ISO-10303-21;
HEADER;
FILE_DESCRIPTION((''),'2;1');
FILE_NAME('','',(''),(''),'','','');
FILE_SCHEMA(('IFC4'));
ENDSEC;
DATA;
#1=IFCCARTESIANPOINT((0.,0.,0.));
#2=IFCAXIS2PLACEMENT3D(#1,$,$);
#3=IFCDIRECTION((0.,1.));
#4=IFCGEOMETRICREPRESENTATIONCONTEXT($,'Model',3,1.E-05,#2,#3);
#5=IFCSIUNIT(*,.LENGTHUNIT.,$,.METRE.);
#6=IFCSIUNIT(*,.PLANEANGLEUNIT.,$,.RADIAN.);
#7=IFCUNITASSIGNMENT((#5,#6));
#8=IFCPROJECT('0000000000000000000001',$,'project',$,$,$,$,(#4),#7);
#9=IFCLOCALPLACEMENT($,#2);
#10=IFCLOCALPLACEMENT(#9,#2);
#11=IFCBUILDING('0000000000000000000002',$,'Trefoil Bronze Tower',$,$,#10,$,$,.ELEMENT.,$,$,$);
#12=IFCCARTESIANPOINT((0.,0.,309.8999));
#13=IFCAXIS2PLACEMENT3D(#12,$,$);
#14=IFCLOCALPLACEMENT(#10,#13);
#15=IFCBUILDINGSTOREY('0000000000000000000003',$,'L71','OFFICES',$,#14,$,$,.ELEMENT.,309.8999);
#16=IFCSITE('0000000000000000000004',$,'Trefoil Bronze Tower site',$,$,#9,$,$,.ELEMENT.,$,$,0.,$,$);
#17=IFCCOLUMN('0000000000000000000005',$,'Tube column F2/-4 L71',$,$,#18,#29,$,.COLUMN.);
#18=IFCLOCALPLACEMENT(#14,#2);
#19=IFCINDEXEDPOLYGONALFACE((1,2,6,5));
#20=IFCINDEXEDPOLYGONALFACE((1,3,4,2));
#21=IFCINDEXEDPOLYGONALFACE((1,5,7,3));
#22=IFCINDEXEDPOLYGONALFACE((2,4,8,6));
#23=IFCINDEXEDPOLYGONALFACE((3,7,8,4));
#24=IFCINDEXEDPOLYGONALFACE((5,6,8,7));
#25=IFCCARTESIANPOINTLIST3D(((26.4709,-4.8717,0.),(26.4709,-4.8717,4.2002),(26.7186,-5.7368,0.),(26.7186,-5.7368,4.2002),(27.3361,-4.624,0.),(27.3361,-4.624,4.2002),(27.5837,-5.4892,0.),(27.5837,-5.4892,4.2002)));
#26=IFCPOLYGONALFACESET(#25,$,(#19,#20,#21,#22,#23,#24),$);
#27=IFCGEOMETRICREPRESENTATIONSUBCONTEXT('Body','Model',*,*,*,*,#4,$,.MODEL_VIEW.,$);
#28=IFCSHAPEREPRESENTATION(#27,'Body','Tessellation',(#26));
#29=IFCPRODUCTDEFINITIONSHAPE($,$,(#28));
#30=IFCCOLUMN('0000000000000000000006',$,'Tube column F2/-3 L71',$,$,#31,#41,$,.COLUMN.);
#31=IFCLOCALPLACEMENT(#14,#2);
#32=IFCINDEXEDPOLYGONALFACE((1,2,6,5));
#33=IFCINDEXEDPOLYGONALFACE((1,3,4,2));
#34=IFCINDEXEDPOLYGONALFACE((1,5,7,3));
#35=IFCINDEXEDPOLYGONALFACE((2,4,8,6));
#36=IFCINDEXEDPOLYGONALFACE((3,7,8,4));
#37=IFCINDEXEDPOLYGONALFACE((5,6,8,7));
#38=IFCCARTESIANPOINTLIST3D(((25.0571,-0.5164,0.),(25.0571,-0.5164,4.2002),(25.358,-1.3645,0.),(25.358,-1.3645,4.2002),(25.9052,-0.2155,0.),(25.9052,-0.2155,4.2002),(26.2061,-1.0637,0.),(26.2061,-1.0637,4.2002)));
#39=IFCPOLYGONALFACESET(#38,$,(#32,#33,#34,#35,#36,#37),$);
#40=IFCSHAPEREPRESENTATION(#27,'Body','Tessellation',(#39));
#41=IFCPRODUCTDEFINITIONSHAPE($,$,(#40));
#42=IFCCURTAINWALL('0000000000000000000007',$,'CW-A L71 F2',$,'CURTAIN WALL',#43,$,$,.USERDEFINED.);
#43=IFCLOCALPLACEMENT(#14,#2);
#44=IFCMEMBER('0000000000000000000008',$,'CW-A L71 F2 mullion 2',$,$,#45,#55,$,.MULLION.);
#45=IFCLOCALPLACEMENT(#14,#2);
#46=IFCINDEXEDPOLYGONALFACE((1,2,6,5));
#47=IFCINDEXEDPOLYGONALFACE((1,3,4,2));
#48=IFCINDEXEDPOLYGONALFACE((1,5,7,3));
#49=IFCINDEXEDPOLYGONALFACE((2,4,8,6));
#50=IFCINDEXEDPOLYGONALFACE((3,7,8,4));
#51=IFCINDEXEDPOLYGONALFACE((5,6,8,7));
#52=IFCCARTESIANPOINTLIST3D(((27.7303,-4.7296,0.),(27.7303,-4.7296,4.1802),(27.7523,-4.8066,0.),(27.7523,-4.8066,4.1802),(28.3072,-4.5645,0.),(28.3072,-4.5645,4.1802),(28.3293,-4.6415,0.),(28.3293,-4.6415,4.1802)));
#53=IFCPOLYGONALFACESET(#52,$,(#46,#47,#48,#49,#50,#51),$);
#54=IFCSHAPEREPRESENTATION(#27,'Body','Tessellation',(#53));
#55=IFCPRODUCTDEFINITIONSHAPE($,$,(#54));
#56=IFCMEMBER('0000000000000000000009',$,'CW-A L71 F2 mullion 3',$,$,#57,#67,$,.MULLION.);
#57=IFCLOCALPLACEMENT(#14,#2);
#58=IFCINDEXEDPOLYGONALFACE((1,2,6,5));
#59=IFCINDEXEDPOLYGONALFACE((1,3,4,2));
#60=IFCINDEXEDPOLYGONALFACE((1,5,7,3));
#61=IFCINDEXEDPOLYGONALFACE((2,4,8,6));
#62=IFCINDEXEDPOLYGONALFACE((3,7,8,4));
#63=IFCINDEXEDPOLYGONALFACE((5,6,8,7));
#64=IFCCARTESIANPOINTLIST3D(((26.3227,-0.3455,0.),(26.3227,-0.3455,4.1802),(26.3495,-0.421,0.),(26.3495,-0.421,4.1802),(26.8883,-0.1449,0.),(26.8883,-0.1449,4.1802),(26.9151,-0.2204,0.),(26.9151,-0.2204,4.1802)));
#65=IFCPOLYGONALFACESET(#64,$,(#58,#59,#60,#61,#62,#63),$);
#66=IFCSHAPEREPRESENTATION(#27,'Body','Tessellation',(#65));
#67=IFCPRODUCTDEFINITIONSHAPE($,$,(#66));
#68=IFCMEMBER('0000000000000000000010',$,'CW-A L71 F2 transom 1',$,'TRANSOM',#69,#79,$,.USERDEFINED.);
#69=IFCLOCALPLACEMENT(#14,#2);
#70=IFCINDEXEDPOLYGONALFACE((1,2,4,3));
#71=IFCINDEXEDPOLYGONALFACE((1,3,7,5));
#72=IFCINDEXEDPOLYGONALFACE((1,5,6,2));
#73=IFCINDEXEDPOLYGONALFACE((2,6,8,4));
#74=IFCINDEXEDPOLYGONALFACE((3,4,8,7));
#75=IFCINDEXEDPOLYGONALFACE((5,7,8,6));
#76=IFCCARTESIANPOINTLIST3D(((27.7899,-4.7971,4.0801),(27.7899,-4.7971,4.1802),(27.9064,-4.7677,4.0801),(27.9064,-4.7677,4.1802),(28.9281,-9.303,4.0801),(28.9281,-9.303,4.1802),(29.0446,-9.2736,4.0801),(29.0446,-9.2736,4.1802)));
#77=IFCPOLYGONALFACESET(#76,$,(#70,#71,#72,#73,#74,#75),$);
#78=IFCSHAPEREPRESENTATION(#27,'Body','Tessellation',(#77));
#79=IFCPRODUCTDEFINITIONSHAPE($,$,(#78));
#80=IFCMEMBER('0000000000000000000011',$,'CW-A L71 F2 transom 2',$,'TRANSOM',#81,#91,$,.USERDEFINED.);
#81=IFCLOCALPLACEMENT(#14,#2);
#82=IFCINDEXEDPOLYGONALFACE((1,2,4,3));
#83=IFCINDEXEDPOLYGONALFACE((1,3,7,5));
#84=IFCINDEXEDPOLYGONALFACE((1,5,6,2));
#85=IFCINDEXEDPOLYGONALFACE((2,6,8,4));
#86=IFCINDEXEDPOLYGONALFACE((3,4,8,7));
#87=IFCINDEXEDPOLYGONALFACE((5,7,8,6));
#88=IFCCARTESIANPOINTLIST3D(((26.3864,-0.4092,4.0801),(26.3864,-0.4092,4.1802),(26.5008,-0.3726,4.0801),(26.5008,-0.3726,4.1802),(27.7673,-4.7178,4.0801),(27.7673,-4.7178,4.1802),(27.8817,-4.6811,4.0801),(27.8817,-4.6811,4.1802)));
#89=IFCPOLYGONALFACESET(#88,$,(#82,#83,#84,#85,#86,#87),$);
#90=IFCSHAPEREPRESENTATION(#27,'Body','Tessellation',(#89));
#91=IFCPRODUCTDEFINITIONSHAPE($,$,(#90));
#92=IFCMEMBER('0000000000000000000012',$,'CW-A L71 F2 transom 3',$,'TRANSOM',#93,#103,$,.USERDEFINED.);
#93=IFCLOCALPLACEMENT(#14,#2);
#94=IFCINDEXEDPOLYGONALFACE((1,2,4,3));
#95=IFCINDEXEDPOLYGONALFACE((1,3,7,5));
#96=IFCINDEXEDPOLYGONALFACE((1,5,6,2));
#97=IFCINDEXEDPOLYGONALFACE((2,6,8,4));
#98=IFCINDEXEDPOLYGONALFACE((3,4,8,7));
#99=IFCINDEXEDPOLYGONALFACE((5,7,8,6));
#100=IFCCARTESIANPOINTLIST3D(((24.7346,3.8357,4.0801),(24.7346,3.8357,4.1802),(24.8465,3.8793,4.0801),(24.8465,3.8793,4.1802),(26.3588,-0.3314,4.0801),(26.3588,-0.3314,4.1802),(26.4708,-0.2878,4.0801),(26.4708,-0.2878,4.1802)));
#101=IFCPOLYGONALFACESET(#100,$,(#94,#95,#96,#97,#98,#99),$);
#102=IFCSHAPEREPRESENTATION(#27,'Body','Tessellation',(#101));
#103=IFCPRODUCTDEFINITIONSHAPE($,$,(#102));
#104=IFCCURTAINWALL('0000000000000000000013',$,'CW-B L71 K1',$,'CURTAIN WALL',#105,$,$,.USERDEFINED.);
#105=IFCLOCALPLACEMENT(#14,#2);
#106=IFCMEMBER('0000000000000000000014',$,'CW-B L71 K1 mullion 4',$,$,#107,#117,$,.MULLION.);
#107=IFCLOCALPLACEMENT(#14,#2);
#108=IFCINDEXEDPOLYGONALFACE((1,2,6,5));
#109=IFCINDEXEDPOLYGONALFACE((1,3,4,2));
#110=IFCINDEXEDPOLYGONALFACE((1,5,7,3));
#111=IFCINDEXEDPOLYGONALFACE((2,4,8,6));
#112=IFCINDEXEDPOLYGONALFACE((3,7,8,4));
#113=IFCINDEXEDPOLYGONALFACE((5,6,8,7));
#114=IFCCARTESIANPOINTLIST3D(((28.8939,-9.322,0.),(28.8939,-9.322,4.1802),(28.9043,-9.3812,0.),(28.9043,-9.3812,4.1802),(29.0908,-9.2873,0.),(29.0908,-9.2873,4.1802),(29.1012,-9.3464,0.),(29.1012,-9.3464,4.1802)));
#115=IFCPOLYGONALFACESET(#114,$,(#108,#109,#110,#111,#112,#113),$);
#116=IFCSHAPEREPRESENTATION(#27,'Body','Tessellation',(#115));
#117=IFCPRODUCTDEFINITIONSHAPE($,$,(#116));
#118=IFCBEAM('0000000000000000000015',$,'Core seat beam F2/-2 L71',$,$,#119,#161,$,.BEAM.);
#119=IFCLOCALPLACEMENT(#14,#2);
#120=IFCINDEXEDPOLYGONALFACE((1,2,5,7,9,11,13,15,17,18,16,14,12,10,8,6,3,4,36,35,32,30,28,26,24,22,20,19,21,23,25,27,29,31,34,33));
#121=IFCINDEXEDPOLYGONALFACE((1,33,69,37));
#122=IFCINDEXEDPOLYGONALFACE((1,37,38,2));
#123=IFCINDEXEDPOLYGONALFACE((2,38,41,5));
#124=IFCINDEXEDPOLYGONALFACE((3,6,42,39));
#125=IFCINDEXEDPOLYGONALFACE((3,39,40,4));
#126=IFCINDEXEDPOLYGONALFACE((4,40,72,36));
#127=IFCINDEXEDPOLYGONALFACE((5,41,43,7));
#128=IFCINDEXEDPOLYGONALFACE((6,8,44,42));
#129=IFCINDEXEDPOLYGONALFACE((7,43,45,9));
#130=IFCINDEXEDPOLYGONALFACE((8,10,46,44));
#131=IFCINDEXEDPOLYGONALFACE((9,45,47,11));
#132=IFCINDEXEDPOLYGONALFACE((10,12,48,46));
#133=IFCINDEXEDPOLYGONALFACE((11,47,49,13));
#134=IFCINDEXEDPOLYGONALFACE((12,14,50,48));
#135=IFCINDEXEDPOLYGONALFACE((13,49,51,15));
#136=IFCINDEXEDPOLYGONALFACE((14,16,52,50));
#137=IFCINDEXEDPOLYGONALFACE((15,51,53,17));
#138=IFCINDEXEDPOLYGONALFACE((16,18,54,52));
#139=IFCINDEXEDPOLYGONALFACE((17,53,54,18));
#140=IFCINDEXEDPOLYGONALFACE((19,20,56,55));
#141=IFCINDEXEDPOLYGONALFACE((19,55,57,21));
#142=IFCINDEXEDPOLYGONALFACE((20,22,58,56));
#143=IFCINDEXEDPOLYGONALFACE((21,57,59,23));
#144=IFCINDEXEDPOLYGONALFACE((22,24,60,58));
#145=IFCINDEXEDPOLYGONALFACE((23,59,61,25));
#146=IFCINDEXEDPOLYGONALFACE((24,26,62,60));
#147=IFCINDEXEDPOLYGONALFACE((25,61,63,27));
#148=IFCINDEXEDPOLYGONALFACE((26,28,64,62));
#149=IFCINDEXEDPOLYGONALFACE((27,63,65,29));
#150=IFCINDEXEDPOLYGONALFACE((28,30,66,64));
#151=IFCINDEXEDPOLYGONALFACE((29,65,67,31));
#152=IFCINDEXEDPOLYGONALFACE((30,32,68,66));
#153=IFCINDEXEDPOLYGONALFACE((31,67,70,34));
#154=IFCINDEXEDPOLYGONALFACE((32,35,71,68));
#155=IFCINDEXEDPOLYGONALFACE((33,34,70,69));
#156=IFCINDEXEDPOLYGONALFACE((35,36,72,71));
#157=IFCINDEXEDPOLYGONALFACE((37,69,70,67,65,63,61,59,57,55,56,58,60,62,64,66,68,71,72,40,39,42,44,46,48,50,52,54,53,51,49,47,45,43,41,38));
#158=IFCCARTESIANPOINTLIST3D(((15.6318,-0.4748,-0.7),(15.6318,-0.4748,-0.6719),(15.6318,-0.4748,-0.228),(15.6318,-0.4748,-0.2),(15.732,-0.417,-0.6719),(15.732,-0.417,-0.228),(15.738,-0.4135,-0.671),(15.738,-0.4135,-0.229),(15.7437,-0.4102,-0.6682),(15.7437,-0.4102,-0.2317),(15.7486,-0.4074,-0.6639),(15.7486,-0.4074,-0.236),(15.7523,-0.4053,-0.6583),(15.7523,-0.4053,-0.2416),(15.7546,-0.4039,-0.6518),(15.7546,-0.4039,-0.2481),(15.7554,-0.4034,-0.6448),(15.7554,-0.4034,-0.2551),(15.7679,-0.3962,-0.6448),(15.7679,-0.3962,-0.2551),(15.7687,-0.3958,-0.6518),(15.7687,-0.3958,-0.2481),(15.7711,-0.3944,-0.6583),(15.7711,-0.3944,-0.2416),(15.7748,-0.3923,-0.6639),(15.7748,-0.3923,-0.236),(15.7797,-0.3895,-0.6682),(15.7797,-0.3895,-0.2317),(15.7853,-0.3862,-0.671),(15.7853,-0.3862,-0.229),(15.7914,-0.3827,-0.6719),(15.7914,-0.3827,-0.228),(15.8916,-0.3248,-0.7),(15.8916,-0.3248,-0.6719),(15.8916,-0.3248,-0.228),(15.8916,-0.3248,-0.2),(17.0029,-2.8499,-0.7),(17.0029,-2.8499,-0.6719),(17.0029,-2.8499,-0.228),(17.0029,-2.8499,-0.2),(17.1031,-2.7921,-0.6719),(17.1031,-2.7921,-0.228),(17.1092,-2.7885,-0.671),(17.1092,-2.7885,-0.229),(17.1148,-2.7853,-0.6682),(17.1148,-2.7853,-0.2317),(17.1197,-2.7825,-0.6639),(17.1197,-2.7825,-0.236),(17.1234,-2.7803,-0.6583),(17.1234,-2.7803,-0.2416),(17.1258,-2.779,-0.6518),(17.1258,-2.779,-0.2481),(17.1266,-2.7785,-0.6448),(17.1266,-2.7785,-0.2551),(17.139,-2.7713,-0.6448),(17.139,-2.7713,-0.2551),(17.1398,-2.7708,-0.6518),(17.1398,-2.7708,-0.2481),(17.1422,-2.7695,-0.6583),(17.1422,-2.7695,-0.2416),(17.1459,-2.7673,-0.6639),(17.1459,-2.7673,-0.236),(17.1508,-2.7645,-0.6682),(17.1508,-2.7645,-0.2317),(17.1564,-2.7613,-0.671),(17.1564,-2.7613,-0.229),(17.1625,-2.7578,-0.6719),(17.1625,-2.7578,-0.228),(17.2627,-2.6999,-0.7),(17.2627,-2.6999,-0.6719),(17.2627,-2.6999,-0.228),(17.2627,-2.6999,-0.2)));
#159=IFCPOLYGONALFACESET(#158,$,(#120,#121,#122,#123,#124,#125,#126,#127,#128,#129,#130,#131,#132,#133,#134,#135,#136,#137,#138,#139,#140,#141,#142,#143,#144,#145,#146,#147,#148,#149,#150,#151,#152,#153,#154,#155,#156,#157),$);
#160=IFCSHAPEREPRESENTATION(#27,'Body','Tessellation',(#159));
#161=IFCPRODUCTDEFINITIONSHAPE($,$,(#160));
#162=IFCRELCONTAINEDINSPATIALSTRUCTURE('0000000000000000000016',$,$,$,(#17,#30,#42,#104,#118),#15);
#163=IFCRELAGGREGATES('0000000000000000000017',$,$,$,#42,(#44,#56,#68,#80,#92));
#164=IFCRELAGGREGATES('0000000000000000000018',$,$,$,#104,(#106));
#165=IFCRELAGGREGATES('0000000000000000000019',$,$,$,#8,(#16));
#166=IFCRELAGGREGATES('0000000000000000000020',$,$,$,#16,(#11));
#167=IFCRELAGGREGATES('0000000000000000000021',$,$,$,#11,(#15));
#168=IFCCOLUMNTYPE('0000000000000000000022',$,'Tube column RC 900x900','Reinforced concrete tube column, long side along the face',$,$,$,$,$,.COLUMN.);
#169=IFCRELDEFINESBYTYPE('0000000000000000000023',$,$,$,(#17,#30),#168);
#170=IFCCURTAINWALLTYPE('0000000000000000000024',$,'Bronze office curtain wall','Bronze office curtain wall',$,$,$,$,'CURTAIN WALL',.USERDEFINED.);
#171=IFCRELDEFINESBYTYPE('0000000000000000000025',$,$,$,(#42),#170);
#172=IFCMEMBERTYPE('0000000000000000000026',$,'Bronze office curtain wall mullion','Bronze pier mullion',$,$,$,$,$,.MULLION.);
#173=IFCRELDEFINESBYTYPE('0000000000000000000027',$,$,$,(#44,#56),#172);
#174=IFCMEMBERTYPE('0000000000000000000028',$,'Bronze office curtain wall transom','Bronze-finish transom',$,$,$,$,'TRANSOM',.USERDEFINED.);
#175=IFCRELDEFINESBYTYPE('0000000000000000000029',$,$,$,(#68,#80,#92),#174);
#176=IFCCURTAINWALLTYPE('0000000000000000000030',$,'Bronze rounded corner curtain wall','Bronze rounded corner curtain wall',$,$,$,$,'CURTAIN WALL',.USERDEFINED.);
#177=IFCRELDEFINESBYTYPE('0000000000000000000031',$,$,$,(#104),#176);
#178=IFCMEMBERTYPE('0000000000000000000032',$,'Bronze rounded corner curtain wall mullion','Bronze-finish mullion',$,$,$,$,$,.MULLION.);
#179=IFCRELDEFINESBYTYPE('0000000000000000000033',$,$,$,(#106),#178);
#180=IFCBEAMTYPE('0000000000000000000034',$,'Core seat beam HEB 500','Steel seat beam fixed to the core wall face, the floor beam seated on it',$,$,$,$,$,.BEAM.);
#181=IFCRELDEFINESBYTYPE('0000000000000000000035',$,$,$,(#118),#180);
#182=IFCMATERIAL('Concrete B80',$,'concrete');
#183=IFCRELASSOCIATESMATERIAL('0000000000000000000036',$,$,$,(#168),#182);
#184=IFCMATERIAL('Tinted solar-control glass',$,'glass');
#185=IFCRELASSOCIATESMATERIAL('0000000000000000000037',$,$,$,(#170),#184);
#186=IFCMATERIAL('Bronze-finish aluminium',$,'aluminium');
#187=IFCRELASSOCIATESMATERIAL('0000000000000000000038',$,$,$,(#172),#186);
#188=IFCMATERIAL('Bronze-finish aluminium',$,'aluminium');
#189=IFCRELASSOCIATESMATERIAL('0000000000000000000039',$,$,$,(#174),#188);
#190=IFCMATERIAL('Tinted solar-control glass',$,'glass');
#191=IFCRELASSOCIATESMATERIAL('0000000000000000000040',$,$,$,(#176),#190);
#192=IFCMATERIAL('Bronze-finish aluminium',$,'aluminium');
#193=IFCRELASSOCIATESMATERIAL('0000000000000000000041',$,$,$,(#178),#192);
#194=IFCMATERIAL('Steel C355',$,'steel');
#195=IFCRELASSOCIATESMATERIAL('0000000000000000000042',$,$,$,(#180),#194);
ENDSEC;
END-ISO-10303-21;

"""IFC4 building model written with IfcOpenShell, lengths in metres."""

from ifc_helpers import new_model, si_unit, direction, frame, origin, origin_2d, place, context, subcontext, project, spatial, rectangle, i_section, extrude, material, material_profile, profile_set, type_object, element, aggregate, save


model = new_model("IFC4")

# Units and contexts
model_context = context("Model", 3, precision=1e-05, world=origin(), true_north=direction((0.0, 1.0)))
body_context = subcontext(model_context, "Body", "Model", "MODEL_VIEW")
ifc_project = project(units=[si_unit("LENGTHUNIT", "METRE"), si_unit("PLANEANGLEUNIT", "RADIAN")], contexts=[model_context])

# Site, building, storey
site_placement = place(None, origin())
site = spatial("IfcSite", under=ifc_project, at=site_placement, Name="Trefoil Bronze Tower site", CompositionType="ELEMENT", RefElevation=0.0)
building_placement = place(site_placement, origin())
building = spatial("IfcBuilding", under=site, at=building_placement, Name="Trefoil Bronze Tower", CompositionType="ELEMENT")
storey_placement = place(building_placement, frame((0.0, 0.0, 309.8999)))
storey = spatial("IfcBuildingStorey", under=building, at=storey_placement, Name="L71", Description="OFFICES", CompositionType="ELEMENT", Elevation=309.8999)

# Columns
ifc_material_1 = material(Name="Concrete B80", Category="concrete")
ifc_material_profile_1 = material_profile(ifc_material_1, rectangle(XDim=0.8999, YDim=0.8999, at=origin_2d()), Name="RC 900x900")
ifc_profile_set_1 = profile_set([ifc_material_profile_1], Name="Concrete B80")
column_type = type_object("IfcColumnType", Name="Tube column RC 900x900", Description="Reinforced concrete tube column, long side along the face", PredefinedType="COLUMN", material=ifc_profile_set_1)
for number, where, z_axis, x_axis, name in (
    (1, (27.0273, -5.1804, 0.0), (0.0, 0.0, 1.0), (-0.275169, 0.961396, 0.0), "Tube column F2/-4 L71"),
    (2, (25.6316, -0.79, 0.0), (0.0, 0.0, 1.0), (-0.334352, 0.942448, 0.0), "Tube column F2/-3 L71"),
):
    element("IfcColumn", number, at=place(storey_placement, frame(where, z_axis=z_axis, x_axis=x_axis)), inside=storey, type_object=column_type, Name=name, PredefinedType="COLUMN", context=body_context, shape_type="SweptSolid", body=[
        extrude(rectangle(XDim=0.8999, YDim=0.8999, at=origin_2d()), origin(), (0.0, 0.0, 1.0), 4.2002),
    ])

# Curtain wall, members
ifc_material_2 = material(Name="Tinted solar-control glass", Category="glass")
curtain_wall_type_1 = type_object("IfcCurtainWallType", Name="Bronze office curtain wall", Description="Bronze office curtain wall", ElementType="CURTAIN WALL", PredefinedType="USERDEFINED", material=ifc_material_2)
curtain_wall_1_placement = place(storey_placement, origin())
curtain_wall_1 = element("IfcCurtainWall", 3, at=curtain_wall_1_placement, inside=storey, type_object=curtain_wall_type_1, Name="CW-A L71 F2", ObjectType="CURTAIN WALL", PredefinedType="USERDEFINED")
ifc_material_3 = material(Name="Bronze-finish aluminium", Category="aluminium")
ifc_material_profile_2 = material_profile(ifc_material_3, rectangle(XDim=0.6001, YDim=0.0801, at=origin_2d()), Name="CW-A mullion")
ifc_profile_set_2 = profile_set([ifc_material_profile_2], Name="Bronze-finish aluminium")
member_type_1 = type_object("IfcMemberType", Name="Bronze office curtain wall mullion", Description="Bronze pier mullion", PredefinedType="MULLION", material=ifc_profile_set_2)
member_1_placement = place(storey_placement, frame((28.0298, -4.6855, 0.0), z_axis=(0.0, 0.0, 1.0), x_axis=(-0.961396, -0.275169, 0.0)))
member_1 = element("IfcMember", 4, at=member_1_placement, type_object=member_type_1, Name="CW-A L71 F2 mullion 2", PredefinedType="MULLION", context=body_context, shape_type="SweptSolid", body=[
    extrude(rectangle(XDim=0.6001, YDim=0.0801, at=origin_2d()), origin(), (0.0, 0.0, 1.0), 4.1802),
])
member_2_placement = place(storey_placement, frame((26.6189, -0.283, 0.0), z_axis=(0.0, 0.0, 1.0), x_axis=(-0.942448, -0.334352, 0.0)))
member_2 = element("IfcMember", 5, at=member_2_placement, type_object=member_type_1, Name="CW-A L71 F2 mullion 3", PredefinedType="MULLION", context=body_context, shape_type="SweptSolid", body=[
    extrude(rectangle(XDim=0.6001, YDim=0.0801, at=origin_2d()), origin(), (0.0, 0.0, 1.0), 4.1802),
])
ifc_material_4 = material(Name="Bronze-finish aluminium", Category="aluminium")
ifc_material_profile_3 = material_profile(ifc_material_4, rectangle(XDim=0.1201, YDim=0.1001, at=origin_2d()), Name="CW-A transom")
ifc_profile_set_3 = profile_set([ifc_material_profile_3], Name="Bronze-finish aluminium")
member_type_2 = type_object("IfcMemberType", Name="Bronze office curtain wall transom", Description="Bronze-finish transom", ElementType="TRANSOM", PredefinedType="USERDEFINED", material=ifc_profile_set_3)
member_3_placement = place(storey_placement, frame((28.9863, -9.2883, 4.1301), z_axis=(-0.244908, 0.969546, 0.0), x_axis=(-0.969546, -0.244908, 0.0)))
member_3 = element("IfcMember", 6, at=member_3_placement, type_object=member_type_2, Name="CW-A L71 F2 transom 1", ObjectType="TRANSOM", PredefinedType="USERDEFINED", context=body_context, shape_type="SweptSolid", body=[
    extrude(rectangle(XDim=0.1201, YDim=0.1001, at=origin_2d()), origin(), (0.0, 0.0, 1.0), 4.6475),
])
member_4_placement = place(storey_placement, frame((27.8245, -4.6995, 4.1301), z_axis=(-0.305199, 0.952289, 0.0), x_axis=(-0.952289, -0.305199, 0.0)))
member_4 = element("IfcMember", 7, at=member_4_placement, type_object=member_type_2, Name="CW-A L71 F2 transom 2", ObjectType="TRANSOM", PredefinedType="USERDEFINED", context=body_context, shape_type="SweptSolid", body=[
    extrude(rectangle(XDim=0.1201, YDim=0.1001, at=origin_2d()), origin(), (0.0, 0.0, 1.0), 4.5244),
])
member_5_placement = place(storey_placement, frame((26.4148, -0.3096, 4.1301), z_axis=(-0.363178, 0.93172, 0.0), x_axis=(-0.93172, -0.363178, 0.0)))
member_5 = element("IfcMember", 8, at=member_5_placement, type_object=member_type_2, Name="CW-A L71 F2 transom 3", ObjectType="TRANSOM", PredefinedType="USERDEFINED", context=body_context, shape_type="SweptSolid", body=[
    extrude(rectangle(XDim=0.1201, YDim=0.1001, at=origin_2d()), origin(), (0.0, 0.0, 1.0), 4.4724),
])

# Curtain wall, member
ifc_material_5 = material(Name="Tinted solar-control glass", Category="glass")
curtain_wall_type_2 = type_object("IfcCurtainWallType", Name="Bronze rounded corner curtain wall", Description="Bronze rounded corner curtain wall", ElementType="CURTAIN WALL", PredefinedType="USERDEFINED", material=ifc_material_5)
curtain_wall_2_placement = place(storey_placement, origin())
curtain_wall_2 = element("IfcCurtainWall", 9, at=curtain_wall_2_placement, inside=storey, type_object=curtain_wall_type_2, Name="CW-B L71 K1", ObjectType="CURTAIN WALL", PredefinedType="USERDEFINED")
ifc_material_6 = material(Name="Bronze-finish aluminium", Category="aluminium")
ifc_material_profile_4 = material_profile(ifc_material_6, rectangle(XDim=0.2, YDim=0.0601, at=origin_2d()), Name="CW-B mullion")
ifc_profile_set_4 = profile_set([ifc_material_profile_4], Name="Bronze-finish aluminium")
member_type_3 = type_object("IfcMemberType", Name="Bronze rounded corner curtain wall mullion", Description="Bronze-finish mullion", PredefinedType="MULLION", material=ifc_profile_set_4)
member_6_placement = place(storey_placement, frame((28.9976, -9.3342, 0.0), z_axis=(0.0, 0.0, 1.0), x_axis=(-0.984808, -0.173648, 0.0)))
member_6 = element("IfcMember", 10, at=member_6_placement, type_object=member_type_3, Name="CW-B L71 K1 mullion 4", PredefinedType="MULLION", context=body_context, shape_type="SweptSolid", body=[
    extrude(rectangle(XDim=0.2, YDim=0.0601, at=origin_2d()), origin(), (0.0, 0.0, 1.0), 4.1802),
])

# Beam
ifc_material_7 = material(Name="Steel C355", Category="steel")
ifc_material_profile_5 = material_profile(ifc_material_7, i_section(OverallWidth=0.3, OverallDepth=0.5, WebThickness=0.0144, FlangeThickness=0.0281, FilletRadius=0.0271, at=origin_2d()), Name="HEB 500")
ifc_profile_set_5 = profile_set([ifc_material_profile_5], Name="Steel C355")
beam_type_1 = type_object("IfcBeamType", Name="Core seat beam HEB 500", Description="Steel seat beam fixed to the core wall face, the floor beam seated on it", PredefinedType="BEAM", material=ifc_profile_set_5)
beam_1_placement = place(storey_placement, frame((17.1328, -2.7749, -0.45), z_axis=(-0.499969, 0.866043, 0.0), x_axis=(-0.866043, -0.499969, 0.0)))
element("IfcBeam", 11, at=beam_1_placement, inside=storey, type_object=beam_type_1, Name="Core seat beam F2/-2 L71", PredefinedType="BEAM", context=body_context, shape_type="SweptSolid", body=[
    extrude(i_section(OverallWidth=0.3, OverallDepth=0.5, WebThickness=0.0144, FlangeThickness=0.0281, FilletRadius=0.0271, at=origin_2d()), origin(), (0.0, 0.0, 1.0), 2.7424),
])

aggregate(curtain_wall_1, [member_1, member_2, member_3, member_4, member_5])
aggregate(curtain_wall_2, [member_6])

save(model, "model.ifc")
